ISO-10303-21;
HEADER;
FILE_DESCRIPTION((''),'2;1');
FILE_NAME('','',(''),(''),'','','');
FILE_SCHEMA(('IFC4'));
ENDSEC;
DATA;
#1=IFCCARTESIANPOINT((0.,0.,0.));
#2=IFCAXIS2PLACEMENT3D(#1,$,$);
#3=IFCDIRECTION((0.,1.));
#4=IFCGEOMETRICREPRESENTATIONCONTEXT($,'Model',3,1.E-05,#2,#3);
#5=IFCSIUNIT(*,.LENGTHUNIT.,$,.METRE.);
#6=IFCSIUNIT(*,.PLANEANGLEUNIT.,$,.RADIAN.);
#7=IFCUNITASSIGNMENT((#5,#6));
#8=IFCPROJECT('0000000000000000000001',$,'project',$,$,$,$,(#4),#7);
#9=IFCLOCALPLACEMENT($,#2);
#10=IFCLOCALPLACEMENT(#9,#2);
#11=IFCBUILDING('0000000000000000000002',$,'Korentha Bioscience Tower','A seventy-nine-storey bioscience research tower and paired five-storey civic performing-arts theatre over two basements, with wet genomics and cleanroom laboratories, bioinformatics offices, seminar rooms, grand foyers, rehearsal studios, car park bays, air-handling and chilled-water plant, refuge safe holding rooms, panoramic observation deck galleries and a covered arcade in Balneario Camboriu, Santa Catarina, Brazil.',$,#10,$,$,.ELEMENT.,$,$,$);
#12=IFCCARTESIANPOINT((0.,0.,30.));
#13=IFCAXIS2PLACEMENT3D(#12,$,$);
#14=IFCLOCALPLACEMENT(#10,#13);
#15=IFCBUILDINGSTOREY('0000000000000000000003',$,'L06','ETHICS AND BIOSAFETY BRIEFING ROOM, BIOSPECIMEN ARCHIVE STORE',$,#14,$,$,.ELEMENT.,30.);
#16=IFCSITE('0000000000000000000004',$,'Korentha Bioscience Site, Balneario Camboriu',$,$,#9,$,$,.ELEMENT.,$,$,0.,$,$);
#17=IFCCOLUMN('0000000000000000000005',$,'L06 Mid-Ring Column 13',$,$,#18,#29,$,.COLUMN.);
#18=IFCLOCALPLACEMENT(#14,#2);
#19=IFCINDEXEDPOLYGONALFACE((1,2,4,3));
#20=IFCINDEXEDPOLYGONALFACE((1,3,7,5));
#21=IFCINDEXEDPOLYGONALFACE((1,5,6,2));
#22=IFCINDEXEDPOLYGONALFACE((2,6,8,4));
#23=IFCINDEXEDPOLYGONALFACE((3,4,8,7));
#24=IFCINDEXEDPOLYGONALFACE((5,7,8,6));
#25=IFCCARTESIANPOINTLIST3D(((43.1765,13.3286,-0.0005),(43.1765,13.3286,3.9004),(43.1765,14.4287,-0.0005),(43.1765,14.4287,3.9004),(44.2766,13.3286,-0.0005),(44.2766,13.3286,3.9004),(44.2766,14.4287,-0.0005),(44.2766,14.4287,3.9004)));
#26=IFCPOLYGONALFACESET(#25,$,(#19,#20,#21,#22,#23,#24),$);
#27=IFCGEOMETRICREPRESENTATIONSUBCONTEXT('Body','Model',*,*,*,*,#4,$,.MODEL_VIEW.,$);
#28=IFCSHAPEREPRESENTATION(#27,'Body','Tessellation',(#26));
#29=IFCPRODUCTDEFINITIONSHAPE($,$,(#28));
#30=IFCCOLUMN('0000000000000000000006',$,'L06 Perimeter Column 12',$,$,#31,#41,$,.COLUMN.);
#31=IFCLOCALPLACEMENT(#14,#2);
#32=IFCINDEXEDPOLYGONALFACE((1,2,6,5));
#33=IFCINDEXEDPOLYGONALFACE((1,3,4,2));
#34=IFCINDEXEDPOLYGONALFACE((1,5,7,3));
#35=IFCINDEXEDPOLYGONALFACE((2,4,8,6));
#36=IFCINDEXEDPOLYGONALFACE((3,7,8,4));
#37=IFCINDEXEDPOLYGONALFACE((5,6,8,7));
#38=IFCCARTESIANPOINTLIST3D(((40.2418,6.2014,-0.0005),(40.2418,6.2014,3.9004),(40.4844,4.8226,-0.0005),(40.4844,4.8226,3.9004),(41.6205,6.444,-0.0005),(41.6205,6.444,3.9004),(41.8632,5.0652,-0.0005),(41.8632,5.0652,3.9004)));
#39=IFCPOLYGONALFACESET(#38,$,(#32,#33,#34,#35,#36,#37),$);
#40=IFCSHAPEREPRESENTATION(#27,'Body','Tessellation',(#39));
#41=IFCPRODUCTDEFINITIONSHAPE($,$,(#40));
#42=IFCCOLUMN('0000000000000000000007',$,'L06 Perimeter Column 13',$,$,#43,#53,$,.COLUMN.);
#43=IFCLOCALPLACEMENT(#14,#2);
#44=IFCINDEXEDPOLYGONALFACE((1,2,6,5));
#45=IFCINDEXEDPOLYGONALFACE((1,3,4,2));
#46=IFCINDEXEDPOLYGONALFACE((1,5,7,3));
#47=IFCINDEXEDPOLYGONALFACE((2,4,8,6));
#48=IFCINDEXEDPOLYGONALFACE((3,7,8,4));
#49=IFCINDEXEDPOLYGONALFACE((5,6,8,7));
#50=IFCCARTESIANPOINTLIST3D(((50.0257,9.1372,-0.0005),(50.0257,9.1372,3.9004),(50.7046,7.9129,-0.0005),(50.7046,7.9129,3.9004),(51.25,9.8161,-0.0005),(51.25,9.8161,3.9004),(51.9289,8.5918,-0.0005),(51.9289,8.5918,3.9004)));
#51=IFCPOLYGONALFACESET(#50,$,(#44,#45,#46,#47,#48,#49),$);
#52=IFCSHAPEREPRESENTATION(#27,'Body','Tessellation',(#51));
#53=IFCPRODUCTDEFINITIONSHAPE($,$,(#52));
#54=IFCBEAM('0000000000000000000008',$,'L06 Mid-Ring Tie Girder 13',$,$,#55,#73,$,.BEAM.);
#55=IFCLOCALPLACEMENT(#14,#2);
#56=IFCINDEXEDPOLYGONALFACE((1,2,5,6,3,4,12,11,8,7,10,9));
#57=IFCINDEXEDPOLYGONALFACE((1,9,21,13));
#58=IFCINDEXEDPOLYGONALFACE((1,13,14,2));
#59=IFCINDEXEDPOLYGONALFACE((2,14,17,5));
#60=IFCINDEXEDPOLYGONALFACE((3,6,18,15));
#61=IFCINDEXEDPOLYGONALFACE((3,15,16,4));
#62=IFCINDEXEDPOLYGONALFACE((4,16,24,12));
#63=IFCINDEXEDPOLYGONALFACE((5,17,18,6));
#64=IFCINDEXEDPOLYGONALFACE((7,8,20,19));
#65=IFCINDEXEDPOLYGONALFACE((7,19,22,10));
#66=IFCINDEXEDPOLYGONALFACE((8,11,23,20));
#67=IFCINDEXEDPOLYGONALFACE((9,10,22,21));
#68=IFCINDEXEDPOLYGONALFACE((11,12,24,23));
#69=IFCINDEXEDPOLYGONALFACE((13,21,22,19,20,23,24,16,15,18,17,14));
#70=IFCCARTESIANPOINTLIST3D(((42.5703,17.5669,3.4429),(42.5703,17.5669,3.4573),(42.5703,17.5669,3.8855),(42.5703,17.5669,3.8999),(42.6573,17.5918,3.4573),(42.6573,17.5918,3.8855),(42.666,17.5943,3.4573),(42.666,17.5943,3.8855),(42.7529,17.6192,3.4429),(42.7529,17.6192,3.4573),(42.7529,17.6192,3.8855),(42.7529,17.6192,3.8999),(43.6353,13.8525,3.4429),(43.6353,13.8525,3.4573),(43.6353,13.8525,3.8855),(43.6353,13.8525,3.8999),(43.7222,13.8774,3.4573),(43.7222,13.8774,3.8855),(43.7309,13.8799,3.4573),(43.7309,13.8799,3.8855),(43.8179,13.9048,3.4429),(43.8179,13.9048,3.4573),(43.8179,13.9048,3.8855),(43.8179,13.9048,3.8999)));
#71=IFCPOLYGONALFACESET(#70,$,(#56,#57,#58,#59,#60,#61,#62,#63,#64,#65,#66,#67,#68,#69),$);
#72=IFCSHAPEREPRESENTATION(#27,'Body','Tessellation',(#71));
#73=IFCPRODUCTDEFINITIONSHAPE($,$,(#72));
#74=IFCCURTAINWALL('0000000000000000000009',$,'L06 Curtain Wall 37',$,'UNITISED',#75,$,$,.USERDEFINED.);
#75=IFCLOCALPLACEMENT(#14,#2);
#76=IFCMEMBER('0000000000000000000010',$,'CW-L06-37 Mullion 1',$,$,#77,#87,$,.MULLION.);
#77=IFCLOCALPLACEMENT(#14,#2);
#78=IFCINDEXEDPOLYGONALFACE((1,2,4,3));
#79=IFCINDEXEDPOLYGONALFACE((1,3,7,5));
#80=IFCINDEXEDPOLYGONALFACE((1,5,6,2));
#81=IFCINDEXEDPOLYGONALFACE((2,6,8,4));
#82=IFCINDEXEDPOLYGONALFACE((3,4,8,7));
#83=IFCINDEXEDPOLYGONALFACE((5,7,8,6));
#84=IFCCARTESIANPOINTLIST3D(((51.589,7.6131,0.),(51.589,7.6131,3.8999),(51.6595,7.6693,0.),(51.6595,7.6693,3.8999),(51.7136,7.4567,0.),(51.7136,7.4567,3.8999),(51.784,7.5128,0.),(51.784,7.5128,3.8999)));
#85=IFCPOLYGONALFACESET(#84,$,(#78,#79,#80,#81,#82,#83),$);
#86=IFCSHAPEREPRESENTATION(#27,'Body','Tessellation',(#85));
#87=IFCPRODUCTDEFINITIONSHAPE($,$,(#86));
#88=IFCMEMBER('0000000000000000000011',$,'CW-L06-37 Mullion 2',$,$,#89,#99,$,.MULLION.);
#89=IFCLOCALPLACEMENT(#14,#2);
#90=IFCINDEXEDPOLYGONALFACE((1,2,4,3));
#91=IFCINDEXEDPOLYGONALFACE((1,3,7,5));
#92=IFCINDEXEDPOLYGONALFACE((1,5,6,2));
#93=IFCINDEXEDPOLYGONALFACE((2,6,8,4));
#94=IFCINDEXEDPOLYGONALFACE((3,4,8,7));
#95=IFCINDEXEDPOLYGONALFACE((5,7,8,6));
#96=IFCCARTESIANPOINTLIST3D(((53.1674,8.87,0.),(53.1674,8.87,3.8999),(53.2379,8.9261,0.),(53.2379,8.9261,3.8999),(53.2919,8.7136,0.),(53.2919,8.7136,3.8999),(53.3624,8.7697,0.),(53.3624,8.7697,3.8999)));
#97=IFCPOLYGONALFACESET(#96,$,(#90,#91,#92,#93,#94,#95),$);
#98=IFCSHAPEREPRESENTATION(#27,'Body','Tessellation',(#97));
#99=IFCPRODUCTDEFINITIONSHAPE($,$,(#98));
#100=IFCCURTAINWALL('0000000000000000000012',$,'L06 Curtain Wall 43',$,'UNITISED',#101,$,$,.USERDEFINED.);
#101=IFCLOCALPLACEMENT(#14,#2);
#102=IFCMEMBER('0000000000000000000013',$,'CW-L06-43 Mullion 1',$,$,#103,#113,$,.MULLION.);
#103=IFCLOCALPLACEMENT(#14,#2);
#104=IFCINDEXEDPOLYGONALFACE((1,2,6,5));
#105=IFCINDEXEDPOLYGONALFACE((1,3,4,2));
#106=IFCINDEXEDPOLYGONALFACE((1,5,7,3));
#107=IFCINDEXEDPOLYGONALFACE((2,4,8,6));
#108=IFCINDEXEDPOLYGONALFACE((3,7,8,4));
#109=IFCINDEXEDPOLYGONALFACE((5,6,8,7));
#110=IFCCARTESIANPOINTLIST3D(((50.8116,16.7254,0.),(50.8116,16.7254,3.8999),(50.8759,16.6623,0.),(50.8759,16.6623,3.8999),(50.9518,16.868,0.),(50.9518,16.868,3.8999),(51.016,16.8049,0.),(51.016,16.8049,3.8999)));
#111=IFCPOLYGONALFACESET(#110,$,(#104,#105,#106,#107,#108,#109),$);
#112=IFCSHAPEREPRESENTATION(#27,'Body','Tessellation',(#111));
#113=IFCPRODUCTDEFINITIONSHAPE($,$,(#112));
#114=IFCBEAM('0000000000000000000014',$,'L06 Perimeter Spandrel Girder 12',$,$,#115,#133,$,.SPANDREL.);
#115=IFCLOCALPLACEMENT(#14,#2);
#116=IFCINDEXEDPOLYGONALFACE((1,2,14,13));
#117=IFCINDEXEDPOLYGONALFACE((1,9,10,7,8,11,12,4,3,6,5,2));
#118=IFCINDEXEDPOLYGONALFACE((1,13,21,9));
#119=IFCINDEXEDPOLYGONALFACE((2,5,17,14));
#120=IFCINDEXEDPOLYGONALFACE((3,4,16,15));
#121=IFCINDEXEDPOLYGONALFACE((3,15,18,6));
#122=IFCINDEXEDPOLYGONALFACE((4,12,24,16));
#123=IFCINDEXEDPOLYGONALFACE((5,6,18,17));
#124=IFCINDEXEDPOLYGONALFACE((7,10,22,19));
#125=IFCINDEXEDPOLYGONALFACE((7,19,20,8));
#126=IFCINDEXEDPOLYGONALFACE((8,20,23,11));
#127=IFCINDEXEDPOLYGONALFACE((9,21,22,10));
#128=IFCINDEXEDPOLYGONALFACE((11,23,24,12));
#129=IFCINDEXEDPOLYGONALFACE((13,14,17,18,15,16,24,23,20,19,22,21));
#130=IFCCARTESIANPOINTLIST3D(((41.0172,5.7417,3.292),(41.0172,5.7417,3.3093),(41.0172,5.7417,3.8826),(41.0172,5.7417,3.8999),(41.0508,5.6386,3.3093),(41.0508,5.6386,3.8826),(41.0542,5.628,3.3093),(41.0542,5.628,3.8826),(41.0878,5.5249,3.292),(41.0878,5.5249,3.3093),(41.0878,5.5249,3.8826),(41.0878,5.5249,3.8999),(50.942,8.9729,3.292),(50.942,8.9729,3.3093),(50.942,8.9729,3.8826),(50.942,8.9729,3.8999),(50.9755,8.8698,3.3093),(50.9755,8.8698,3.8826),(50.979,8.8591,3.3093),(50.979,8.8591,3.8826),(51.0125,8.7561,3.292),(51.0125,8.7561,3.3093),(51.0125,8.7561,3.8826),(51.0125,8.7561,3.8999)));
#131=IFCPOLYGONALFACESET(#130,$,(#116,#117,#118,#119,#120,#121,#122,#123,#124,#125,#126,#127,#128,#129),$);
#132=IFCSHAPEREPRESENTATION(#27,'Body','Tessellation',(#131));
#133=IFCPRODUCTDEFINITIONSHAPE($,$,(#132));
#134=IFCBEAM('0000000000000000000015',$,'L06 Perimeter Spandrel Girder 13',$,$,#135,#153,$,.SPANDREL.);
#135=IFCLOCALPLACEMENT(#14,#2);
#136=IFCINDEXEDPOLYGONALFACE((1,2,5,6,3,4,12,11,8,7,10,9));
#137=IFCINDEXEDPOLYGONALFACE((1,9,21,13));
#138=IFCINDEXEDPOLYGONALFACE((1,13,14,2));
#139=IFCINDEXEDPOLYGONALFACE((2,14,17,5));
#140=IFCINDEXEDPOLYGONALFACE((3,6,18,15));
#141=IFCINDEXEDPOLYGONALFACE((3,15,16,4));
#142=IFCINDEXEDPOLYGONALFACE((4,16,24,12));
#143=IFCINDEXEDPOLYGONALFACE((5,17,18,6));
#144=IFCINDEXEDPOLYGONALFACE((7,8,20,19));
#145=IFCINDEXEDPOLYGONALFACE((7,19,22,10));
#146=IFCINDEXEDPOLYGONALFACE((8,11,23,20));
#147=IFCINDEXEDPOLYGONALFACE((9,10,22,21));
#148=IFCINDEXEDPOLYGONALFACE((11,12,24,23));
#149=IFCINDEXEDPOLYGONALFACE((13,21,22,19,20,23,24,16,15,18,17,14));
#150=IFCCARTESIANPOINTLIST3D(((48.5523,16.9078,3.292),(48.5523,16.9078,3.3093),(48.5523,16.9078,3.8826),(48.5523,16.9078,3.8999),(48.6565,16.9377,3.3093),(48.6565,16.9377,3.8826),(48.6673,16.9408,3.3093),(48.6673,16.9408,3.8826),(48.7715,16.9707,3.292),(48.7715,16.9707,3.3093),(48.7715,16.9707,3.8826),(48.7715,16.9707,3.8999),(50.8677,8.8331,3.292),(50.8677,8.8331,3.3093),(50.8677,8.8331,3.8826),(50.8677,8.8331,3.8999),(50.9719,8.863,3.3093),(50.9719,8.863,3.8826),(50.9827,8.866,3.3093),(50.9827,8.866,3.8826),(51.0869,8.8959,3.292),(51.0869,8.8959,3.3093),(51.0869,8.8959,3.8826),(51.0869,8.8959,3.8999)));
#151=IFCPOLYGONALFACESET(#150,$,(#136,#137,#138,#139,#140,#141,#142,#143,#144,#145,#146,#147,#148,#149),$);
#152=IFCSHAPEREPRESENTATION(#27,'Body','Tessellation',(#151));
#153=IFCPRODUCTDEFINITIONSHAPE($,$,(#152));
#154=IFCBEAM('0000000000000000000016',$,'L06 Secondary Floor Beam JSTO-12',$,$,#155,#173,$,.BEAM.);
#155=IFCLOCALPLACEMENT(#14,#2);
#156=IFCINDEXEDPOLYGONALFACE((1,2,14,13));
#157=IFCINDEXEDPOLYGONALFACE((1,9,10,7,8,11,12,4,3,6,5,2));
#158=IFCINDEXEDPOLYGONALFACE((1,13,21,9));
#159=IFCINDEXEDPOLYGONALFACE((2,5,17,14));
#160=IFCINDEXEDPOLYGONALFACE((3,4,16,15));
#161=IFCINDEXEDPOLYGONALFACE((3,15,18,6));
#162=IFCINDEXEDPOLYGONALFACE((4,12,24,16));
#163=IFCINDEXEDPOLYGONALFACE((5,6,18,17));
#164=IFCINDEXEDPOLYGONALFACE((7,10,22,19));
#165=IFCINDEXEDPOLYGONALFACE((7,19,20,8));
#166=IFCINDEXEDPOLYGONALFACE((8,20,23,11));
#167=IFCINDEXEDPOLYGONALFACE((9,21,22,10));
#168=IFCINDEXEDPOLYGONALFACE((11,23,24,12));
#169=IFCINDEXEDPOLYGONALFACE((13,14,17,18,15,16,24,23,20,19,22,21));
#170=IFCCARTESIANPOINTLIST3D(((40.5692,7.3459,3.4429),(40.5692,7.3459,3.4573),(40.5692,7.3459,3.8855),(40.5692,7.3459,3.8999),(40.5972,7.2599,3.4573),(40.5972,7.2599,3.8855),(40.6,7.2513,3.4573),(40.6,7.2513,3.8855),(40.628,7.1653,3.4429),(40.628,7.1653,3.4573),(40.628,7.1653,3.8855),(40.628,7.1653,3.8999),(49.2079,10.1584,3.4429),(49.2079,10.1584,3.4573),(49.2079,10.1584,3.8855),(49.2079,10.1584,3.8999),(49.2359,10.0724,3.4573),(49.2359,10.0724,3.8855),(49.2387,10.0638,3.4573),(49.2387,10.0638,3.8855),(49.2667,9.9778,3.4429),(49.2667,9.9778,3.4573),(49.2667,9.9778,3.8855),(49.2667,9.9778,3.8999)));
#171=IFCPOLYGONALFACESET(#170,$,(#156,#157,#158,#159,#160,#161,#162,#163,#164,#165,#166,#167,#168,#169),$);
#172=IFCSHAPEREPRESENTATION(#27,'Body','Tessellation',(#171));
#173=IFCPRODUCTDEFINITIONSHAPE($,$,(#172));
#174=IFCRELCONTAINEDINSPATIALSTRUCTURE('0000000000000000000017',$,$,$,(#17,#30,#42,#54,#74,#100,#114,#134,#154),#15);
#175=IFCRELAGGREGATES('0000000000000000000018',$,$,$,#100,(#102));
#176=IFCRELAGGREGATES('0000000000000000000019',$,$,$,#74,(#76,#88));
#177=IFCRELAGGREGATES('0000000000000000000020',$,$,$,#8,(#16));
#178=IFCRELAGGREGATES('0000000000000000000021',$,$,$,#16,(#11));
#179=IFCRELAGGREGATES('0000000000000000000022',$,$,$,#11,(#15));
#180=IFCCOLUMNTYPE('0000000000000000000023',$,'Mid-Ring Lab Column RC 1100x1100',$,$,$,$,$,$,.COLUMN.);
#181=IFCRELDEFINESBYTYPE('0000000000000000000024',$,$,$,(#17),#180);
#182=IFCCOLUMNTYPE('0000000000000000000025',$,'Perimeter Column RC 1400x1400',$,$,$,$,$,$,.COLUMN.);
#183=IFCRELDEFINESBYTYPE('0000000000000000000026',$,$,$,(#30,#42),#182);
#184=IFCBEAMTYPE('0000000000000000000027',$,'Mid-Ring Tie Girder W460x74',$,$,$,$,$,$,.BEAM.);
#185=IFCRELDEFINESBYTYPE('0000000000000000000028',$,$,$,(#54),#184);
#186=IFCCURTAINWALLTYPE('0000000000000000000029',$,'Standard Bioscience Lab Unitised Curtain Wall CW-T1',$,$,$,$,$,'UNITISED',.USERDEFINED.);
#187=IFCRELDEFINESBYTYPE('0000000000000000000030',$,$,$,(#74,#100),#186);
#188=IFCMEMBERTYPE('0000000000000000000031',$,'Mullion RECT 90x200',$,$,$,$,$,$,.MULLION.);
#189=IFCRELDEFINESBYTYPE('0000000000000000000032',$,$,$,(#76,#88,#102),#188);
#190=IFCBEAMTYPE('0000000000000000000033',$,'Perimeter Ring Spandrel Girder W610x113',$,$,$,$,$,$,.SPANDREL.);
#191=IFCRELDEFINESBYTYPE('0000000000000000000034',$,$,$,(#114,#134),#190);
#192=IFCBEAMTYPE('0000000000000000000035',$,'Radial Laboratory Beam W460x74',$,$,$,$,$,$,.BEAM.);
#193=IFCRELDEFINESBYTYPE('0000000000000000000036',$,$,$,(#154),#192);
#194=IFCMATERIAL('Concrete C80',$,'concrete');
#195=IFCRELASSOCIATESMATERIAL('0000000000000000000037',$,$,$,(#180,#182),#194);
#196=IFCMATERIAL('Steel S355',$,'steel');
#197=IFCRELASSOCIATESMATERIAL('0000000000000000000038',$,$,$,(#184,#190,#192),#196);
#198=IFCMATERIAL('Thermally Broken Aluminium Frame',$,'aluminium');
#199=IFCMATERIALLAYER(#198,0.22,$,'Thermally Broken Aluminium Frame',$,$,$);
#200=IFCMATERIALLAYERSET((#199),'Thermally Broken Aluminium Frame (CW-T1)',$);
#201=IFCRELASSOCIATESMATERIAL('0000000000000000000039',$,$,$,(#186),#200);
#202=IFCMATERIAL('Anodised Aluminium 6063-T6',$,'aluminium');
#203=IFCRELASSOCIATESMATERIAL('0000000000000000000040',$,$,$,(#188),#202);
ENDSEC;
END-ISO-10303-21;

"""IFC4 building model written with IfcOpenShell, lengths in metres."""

from ifc_helpers import new_model, si_unit, direction, frame, origin, origin_2d, place, context, subcontext, project, spatial, rectangle, i_section, extrude, material, layer, layer_set, material_profile, profile_set, type_object, element, aggregate, save


model = new_model("IFC4")

# Units and contexts
model_context = context("Model", 3, precision=1e-05, world=origin(), true_north=direction((0.0, 1.0)))
body_context = subcontext(model_context, "Body", "Model", "MODEL_VIEW")
ifc_project = project(units=[si_unit("LENGTHUNIT", "METRE"), si_unit("PLANEANGLEUNIT", "RADIAN")], contexts=[model_context])

# Site, building, storey
site_placement = place(None, origin())
site = spatial("IfcSite", under=ifc_project, at=site_placement, Name="Korentha Bioscience Site, Balneario Camboriu", CompositionType="ELEMENT", RefElevation=0.0)
building_placement = place(site_placement, origin())
building = spatial("IfcBuilding", under=site, at=building_placement, Name="Korentha Bioscience Tower", Description="A seventy-nine-storey bioscience research tower and paired five-storey civic performing-arts theatre over two basements, with wet genomics and cleanroom laboratories, bioinformatics offices, seminar rooms, grand foyers, rehearsal studios, car park bays, air-handling and chilled-water plant, refuge safe holding rooms, panoramic observation deck galleries and a covered arcade in Balneario Camboriu, Santa Catarina, Brazil.", CompositionType="ELEMENT")
storey_placement = place(building_placement, frame((0.0, 0.0, 30.0)))
storey = spatial("IfcBuildingStorey", under=building, at=storey_placement, Name="L06", Description="ETHICS AND BIOSAFETY BRIEFING ROOM, BIOSPECIMEN ARCHIVE STORE", CompositionType="ELEMENT", Elevation=30.0)

# Columns
ifc_material_1 = material(Name="Concrete C80", Category="concrete")
ifc_material_profile_1 = material_profile(ifc_material_1, rectangle(XDim=1.1001, YDim=1.1001, at=origin_2d()), Name="Concrete C80")
ifc_profile_set_1 = profile_set([ifc_material_profile_1], Name="Concrete C80 (COL-MR11)")
column_type_1 = type_object("IfcColumnType", Name="Mid-Ring Lab Column RC 1100x1100", PredefinedType="COLUMN", material=ifc_profile_set_1)
column_placement = place(storey_placement, frame((43.7266, 13.8787, -0.0005), z_axis=(0.0, 0.0, 1.0), x_axis=(1.0, 0.0, 0.0)))
element("IfcColumn", 1, at=column_placement, inside=storey, type_object=column_type_1, Name="L06 Mid-Ring Column 13", PredefinedType="COLUMN", context=body_context, shape_type="SweptSolid", body=[
    extrude(rectangle(XDim=1.1001, YDim=1.1001, at=origin_2d()), origin(), (0.0, 0.0, 1.0), 3.9009),
])
ifc_material_profile_2 = material_profile(ifc_material_1, rectangle(XDim=1.3999, YDim=1.3999, at=origin_2d()), Name="Concrete C80")
ifc_profile_set_2 = profile_set([ifc_material_profile_2], Name="Concrete C80 (COL-P14)")
column_type_2 = type_object("IfcColumnType", Name="Perimeter Column RC 1400x1400", PredefinedType="COLUMN", material=ifc_profile_set_2)
for number, where, z_axis, x_axis, name in (
    (2, (41.0525, 5.6333, -0.0005), (0.0, 0.0, 1.0), (0.984868, 0.173304, 0.0), "L06 Perimeter Column 12"),
    (3, (50.9773, 8.8645, -0.0005), (0.0, 0.0, 1.0), (0.874535, 0.484962, 0.0), "L06 Perimeter Column 13"),
):
    element("IfcColumn", number, at=place(storey_placement, frame(where, z_axis=z_axis, x_axis=x_axis)), inside=storey, type_object=column_type_2, Name=name, PredefinedType="COLUMN", context=body_context, shape_type="SweptSolid", body=[
        extrude(rectangle(XDim=1.3999, YDim=1.3999, at=origin_2d()), origin(), (0.0, 0.0, 1.0), 3.9009),
    ])

# Beam
ifc_material_2 = material(Name="Steel S355", Category="steel")
ifc_material_profile_3 = material_profile(ifc_material_2, i_section(OverallWidth=0.1899, OverallDepth=0.457, WebThickness=0.009, FlangeThickness=0.0144, at=origin_2d()), Name="Steel S355")
ifc_profile_set_3 = profile_set([ifc_material_profile_3], Name="Steel S355 (MB-460)")
beam_type_1 = type_object("IfcBeamType", Name="Mid-Ring Tie Girder W460x74", PredefinedType="BEAM", material=ifc_profile_set_3)
beam_1_placement = place(storey_placement, frame((43.7266, 13.8787, 3.6714), z_axis=(-0.275606, 0.961271, 0.0), x_axis=(-0.961271, -0.275606, 0.0)))
element("IfcBeam", 4, at=beam_1_placement, inside=storey, type_object=beam_type_1, Name="L06 Mid-Ring Tie Girder 13", PredefinedType="BEAM", context=body_context, shape_type="SweptSolid", body=[
    extrude(i_section(OverallWidth=0.1899, OverallDepth=0.457, WebThickness=0.009, FlangeThickness=0.0144, at=origin_2d()), origin(), (0.0, 0.0, 1.0), 3.864),
])

# Curtain wall, members
ifc_material_3 = material(Name="Thermally Broken Aluminium Frame", Category="aluminium")
ifc_layer_1 = layer(ifc_material_3, 0.22, Name="Thermally Broken Aluminium Frame")
ifc_layer_set_1 = layer_set([ifc_layer_1], Name="Thermally Broken Aluminium Frame (CW-T1)")
curtain_wall_type = type_object("IfcCurtainWallType", Name="Standard Bioscience Lab Unitised Curtain Wall CW-T1", ElementType="UNITISED", PredefinedType="USERDEFINED", material=ifc_layer_set_1)
curtain_wall_1_placement = place(storey_placement, origin())
curtain_wall_1 = element("IfcCurtainWall", 5, at=curtain_wall_1_placement, inside=storey, type_object=curtain_wall_type, Name="L06 Curtain Wall 37", ObjectType="UNITISED", PredefinedType="USERDEFINED")
ifc_material_4 = material(Name="Anodised Aluminium 6063-T6", Category="aluminium")
ifc_material_profile_4 = material_profile(ifc_material_4, rectangle(XDim=0.0901, YDim=0.2, at=origin_2d()), Name="Anodised Aluminium 6063-T6")
ifc_profile_set_4 = profile_set([ifc_material_profile_4], Name="Anodised Aluminium 6063-T6 (CW-MUL)")
member_type_1 = type_object("IfcMemberType", Name="Mullion RECT 90x200", PredefinedType="MULLION", material=ifc_profile_set_4)
member_1_placement = place(storey_placement, frame((51.6865, 7.563, 0.0), z_axis=(0.0, 0.0, 1.0), x_axis=(0.782288, 0.622917, 0.0)))
member_1 = element("IfcMember", 6, at=member_1_placement, type_object=member_type_1, Name="CW-L06-37 Mullion 1", PredefinedType="MULLION", context=body_context, shape_type="SweptSolid", body=[
    extrude(rectangle(XDim=0.0901, YDim=0.2, at=origin_2d()), origin(), (0.0, 0.0, 1.0), 3.8999),
])
member_2_placement = place(storey_placement, frame((53.2649, 8.8198, 0.0), z_axis=(0.0, 0.0, 1.0), x_axis=(0.782288, 0.622917, 0.0)))
member_2 = element("IfcMember", 7, at=member_2_placement, type_object=member_type_1, Name="CW-L06-37 Mullion 2", PredefinedType="MULLION", context=body_context, shape_type="SweptSolid", body=[
    extrude(rectangle(XDim=0.0901, YDim=0.2, at=origin_2d()), origin(), (0.0, 0.0, 1.0), 3.8999),
])

# Curtain wall, member
curtain_wall_2_placement = place(storey_placement, origin())
curtain_wall_2 = element("IfcCurtainWall", 8, at=curtain_wall_2_placement, inside=storey, type_object=curtain_wall_type, Name="L06 Curtain Wall 43", ObjectType="UNITISED", PredefinedType="USERDEFINED")
member_3_placement = place(storey_placement, frame((50.9138, 16.7651, 0.0), z_axis=(0.0, 0.0, 1.0), x_axis=(-0.713279, 0.70088, 0.0)))
member_3 = element("IfcMember", 9, at=member_3_placement, type_object=member_type_1, Name="CW-L06-43 Mullion 1", PredefinedType="MULLION", context=body_context, shape_type="SweptSolid", body=[
    extrude(rectangle(XDim=0.0901, YDim=0.2, at=origin_2d()), origin(), (0.0, 0.0, 1.0), 3.8999),
])
aggregate(curtain_wall_2, [member_3])

# Beams
ifc_material_profile_5 = material_profile(ifc_material_2, i_section(OverallWidth=0.228, OverallDepth=0.6079, WebThickness=0.0112, FlangeThickness=0.0173, at=origin_2d()), Name="Steel S355")
ifc_profile_set_5 = profile_set([ifc_material_profile_5], Name="Steel S355 (SB-610)")
beam_type_2 = type_object("IfcBeamType", Name="Perimeter Ring Spandrel Girder W610x113", PredefinedType="SPANDREL", material=ifc_profile_set_5)
beam_2_placement = place(storey_placement, frame((41.0525, 5.6333, 3.5959), z_axis=(0.950875, 0.309575, 0.0), x_axis=(-0.309575, 0.950875, 0.0)))
element("IfcBeam", 10, at=beam_2_placement, inside=storey, type_object=beam_type_2, Name="L06 Perimeter Spandrel Girder 12", PredefinedType="SPANDREL", context=body_context, shape_type="SweptSolid", body=[
    extrude(i_section(OverallWidth=0.228, OverallDepth=0.6079, WebThickness=0.0112, FlangeThickness=0.0173, at=origin_2d()), origin(), (0.0, 0.0, 1.0), 10.4375),
])
beam_3_placement = place(storey_placement, frame((50.9773, 8.8645, 3.5959), z_axis=(-0.275642, 0.96126, 0.0), x_axis=(-0.96126, -0.275642, 0.0)))
element("IfcBeam", 11, at=beam_3_placement, inside=storey, type_object=beam_type_2, Name="L06 Perimeter Spandrel Girder 13", PredefinedType="SPANDREL", context=body_context, shape_type="SweptSolid", body=[
    extrude(i_section(OverallWidth=0.228, OverallDepth=0.6079, WebThickness=0.0112, FlangeThickness=0.0173, at=origin_2d()), origin(), (0.0, 0.0, 1.0), 8.4001),
])
ifc_material_profile_6 = material_profile(ifc_material_2, i_section(OverallWidth=0.1899, OverallDepth=0.457, WebThickness=0.009, FlangeThickness=0.0144, at=origin_2d()), Name="Steel S355")
ifc_profile_set_6 = profile_set([ifc_material_profile_6], Name="Steel S355 (RB-460)")
beam_type_3 = type_object("IfcBeamType", Name="Radial Laboratory Beam W460x74", PredefinedType="BEAM", material=ifc_profile_set_6)
beam_4_placement = place(storey_placement, frame((40.5986, 7.2556, 3.6714), z_axis=(0.950874, 0.309577, 0.0), x_axis=(-0.309577, 0.950874, 0.0)))
element("IfcBeam", 12, at=beam_4_placement, inside=storey, type_object=beam_type_3, Name="L06 Secondary Floor Beam JSTO-12", PredefinedType="BEAM", context=body_context, shape_type="SweptSolid", body=[
    extrude(i_section(OverallWidth=0.1899, OverallDepth=0.457, WebThickness=0.009, FlangeThickness=0.0144, at=origin_2d()), origin(), (0.0, 0.0, 1.0), 9.085),
])

aggregate(curtain_wall_1, [member_1, member_2])

save(model, "model.ifc")
